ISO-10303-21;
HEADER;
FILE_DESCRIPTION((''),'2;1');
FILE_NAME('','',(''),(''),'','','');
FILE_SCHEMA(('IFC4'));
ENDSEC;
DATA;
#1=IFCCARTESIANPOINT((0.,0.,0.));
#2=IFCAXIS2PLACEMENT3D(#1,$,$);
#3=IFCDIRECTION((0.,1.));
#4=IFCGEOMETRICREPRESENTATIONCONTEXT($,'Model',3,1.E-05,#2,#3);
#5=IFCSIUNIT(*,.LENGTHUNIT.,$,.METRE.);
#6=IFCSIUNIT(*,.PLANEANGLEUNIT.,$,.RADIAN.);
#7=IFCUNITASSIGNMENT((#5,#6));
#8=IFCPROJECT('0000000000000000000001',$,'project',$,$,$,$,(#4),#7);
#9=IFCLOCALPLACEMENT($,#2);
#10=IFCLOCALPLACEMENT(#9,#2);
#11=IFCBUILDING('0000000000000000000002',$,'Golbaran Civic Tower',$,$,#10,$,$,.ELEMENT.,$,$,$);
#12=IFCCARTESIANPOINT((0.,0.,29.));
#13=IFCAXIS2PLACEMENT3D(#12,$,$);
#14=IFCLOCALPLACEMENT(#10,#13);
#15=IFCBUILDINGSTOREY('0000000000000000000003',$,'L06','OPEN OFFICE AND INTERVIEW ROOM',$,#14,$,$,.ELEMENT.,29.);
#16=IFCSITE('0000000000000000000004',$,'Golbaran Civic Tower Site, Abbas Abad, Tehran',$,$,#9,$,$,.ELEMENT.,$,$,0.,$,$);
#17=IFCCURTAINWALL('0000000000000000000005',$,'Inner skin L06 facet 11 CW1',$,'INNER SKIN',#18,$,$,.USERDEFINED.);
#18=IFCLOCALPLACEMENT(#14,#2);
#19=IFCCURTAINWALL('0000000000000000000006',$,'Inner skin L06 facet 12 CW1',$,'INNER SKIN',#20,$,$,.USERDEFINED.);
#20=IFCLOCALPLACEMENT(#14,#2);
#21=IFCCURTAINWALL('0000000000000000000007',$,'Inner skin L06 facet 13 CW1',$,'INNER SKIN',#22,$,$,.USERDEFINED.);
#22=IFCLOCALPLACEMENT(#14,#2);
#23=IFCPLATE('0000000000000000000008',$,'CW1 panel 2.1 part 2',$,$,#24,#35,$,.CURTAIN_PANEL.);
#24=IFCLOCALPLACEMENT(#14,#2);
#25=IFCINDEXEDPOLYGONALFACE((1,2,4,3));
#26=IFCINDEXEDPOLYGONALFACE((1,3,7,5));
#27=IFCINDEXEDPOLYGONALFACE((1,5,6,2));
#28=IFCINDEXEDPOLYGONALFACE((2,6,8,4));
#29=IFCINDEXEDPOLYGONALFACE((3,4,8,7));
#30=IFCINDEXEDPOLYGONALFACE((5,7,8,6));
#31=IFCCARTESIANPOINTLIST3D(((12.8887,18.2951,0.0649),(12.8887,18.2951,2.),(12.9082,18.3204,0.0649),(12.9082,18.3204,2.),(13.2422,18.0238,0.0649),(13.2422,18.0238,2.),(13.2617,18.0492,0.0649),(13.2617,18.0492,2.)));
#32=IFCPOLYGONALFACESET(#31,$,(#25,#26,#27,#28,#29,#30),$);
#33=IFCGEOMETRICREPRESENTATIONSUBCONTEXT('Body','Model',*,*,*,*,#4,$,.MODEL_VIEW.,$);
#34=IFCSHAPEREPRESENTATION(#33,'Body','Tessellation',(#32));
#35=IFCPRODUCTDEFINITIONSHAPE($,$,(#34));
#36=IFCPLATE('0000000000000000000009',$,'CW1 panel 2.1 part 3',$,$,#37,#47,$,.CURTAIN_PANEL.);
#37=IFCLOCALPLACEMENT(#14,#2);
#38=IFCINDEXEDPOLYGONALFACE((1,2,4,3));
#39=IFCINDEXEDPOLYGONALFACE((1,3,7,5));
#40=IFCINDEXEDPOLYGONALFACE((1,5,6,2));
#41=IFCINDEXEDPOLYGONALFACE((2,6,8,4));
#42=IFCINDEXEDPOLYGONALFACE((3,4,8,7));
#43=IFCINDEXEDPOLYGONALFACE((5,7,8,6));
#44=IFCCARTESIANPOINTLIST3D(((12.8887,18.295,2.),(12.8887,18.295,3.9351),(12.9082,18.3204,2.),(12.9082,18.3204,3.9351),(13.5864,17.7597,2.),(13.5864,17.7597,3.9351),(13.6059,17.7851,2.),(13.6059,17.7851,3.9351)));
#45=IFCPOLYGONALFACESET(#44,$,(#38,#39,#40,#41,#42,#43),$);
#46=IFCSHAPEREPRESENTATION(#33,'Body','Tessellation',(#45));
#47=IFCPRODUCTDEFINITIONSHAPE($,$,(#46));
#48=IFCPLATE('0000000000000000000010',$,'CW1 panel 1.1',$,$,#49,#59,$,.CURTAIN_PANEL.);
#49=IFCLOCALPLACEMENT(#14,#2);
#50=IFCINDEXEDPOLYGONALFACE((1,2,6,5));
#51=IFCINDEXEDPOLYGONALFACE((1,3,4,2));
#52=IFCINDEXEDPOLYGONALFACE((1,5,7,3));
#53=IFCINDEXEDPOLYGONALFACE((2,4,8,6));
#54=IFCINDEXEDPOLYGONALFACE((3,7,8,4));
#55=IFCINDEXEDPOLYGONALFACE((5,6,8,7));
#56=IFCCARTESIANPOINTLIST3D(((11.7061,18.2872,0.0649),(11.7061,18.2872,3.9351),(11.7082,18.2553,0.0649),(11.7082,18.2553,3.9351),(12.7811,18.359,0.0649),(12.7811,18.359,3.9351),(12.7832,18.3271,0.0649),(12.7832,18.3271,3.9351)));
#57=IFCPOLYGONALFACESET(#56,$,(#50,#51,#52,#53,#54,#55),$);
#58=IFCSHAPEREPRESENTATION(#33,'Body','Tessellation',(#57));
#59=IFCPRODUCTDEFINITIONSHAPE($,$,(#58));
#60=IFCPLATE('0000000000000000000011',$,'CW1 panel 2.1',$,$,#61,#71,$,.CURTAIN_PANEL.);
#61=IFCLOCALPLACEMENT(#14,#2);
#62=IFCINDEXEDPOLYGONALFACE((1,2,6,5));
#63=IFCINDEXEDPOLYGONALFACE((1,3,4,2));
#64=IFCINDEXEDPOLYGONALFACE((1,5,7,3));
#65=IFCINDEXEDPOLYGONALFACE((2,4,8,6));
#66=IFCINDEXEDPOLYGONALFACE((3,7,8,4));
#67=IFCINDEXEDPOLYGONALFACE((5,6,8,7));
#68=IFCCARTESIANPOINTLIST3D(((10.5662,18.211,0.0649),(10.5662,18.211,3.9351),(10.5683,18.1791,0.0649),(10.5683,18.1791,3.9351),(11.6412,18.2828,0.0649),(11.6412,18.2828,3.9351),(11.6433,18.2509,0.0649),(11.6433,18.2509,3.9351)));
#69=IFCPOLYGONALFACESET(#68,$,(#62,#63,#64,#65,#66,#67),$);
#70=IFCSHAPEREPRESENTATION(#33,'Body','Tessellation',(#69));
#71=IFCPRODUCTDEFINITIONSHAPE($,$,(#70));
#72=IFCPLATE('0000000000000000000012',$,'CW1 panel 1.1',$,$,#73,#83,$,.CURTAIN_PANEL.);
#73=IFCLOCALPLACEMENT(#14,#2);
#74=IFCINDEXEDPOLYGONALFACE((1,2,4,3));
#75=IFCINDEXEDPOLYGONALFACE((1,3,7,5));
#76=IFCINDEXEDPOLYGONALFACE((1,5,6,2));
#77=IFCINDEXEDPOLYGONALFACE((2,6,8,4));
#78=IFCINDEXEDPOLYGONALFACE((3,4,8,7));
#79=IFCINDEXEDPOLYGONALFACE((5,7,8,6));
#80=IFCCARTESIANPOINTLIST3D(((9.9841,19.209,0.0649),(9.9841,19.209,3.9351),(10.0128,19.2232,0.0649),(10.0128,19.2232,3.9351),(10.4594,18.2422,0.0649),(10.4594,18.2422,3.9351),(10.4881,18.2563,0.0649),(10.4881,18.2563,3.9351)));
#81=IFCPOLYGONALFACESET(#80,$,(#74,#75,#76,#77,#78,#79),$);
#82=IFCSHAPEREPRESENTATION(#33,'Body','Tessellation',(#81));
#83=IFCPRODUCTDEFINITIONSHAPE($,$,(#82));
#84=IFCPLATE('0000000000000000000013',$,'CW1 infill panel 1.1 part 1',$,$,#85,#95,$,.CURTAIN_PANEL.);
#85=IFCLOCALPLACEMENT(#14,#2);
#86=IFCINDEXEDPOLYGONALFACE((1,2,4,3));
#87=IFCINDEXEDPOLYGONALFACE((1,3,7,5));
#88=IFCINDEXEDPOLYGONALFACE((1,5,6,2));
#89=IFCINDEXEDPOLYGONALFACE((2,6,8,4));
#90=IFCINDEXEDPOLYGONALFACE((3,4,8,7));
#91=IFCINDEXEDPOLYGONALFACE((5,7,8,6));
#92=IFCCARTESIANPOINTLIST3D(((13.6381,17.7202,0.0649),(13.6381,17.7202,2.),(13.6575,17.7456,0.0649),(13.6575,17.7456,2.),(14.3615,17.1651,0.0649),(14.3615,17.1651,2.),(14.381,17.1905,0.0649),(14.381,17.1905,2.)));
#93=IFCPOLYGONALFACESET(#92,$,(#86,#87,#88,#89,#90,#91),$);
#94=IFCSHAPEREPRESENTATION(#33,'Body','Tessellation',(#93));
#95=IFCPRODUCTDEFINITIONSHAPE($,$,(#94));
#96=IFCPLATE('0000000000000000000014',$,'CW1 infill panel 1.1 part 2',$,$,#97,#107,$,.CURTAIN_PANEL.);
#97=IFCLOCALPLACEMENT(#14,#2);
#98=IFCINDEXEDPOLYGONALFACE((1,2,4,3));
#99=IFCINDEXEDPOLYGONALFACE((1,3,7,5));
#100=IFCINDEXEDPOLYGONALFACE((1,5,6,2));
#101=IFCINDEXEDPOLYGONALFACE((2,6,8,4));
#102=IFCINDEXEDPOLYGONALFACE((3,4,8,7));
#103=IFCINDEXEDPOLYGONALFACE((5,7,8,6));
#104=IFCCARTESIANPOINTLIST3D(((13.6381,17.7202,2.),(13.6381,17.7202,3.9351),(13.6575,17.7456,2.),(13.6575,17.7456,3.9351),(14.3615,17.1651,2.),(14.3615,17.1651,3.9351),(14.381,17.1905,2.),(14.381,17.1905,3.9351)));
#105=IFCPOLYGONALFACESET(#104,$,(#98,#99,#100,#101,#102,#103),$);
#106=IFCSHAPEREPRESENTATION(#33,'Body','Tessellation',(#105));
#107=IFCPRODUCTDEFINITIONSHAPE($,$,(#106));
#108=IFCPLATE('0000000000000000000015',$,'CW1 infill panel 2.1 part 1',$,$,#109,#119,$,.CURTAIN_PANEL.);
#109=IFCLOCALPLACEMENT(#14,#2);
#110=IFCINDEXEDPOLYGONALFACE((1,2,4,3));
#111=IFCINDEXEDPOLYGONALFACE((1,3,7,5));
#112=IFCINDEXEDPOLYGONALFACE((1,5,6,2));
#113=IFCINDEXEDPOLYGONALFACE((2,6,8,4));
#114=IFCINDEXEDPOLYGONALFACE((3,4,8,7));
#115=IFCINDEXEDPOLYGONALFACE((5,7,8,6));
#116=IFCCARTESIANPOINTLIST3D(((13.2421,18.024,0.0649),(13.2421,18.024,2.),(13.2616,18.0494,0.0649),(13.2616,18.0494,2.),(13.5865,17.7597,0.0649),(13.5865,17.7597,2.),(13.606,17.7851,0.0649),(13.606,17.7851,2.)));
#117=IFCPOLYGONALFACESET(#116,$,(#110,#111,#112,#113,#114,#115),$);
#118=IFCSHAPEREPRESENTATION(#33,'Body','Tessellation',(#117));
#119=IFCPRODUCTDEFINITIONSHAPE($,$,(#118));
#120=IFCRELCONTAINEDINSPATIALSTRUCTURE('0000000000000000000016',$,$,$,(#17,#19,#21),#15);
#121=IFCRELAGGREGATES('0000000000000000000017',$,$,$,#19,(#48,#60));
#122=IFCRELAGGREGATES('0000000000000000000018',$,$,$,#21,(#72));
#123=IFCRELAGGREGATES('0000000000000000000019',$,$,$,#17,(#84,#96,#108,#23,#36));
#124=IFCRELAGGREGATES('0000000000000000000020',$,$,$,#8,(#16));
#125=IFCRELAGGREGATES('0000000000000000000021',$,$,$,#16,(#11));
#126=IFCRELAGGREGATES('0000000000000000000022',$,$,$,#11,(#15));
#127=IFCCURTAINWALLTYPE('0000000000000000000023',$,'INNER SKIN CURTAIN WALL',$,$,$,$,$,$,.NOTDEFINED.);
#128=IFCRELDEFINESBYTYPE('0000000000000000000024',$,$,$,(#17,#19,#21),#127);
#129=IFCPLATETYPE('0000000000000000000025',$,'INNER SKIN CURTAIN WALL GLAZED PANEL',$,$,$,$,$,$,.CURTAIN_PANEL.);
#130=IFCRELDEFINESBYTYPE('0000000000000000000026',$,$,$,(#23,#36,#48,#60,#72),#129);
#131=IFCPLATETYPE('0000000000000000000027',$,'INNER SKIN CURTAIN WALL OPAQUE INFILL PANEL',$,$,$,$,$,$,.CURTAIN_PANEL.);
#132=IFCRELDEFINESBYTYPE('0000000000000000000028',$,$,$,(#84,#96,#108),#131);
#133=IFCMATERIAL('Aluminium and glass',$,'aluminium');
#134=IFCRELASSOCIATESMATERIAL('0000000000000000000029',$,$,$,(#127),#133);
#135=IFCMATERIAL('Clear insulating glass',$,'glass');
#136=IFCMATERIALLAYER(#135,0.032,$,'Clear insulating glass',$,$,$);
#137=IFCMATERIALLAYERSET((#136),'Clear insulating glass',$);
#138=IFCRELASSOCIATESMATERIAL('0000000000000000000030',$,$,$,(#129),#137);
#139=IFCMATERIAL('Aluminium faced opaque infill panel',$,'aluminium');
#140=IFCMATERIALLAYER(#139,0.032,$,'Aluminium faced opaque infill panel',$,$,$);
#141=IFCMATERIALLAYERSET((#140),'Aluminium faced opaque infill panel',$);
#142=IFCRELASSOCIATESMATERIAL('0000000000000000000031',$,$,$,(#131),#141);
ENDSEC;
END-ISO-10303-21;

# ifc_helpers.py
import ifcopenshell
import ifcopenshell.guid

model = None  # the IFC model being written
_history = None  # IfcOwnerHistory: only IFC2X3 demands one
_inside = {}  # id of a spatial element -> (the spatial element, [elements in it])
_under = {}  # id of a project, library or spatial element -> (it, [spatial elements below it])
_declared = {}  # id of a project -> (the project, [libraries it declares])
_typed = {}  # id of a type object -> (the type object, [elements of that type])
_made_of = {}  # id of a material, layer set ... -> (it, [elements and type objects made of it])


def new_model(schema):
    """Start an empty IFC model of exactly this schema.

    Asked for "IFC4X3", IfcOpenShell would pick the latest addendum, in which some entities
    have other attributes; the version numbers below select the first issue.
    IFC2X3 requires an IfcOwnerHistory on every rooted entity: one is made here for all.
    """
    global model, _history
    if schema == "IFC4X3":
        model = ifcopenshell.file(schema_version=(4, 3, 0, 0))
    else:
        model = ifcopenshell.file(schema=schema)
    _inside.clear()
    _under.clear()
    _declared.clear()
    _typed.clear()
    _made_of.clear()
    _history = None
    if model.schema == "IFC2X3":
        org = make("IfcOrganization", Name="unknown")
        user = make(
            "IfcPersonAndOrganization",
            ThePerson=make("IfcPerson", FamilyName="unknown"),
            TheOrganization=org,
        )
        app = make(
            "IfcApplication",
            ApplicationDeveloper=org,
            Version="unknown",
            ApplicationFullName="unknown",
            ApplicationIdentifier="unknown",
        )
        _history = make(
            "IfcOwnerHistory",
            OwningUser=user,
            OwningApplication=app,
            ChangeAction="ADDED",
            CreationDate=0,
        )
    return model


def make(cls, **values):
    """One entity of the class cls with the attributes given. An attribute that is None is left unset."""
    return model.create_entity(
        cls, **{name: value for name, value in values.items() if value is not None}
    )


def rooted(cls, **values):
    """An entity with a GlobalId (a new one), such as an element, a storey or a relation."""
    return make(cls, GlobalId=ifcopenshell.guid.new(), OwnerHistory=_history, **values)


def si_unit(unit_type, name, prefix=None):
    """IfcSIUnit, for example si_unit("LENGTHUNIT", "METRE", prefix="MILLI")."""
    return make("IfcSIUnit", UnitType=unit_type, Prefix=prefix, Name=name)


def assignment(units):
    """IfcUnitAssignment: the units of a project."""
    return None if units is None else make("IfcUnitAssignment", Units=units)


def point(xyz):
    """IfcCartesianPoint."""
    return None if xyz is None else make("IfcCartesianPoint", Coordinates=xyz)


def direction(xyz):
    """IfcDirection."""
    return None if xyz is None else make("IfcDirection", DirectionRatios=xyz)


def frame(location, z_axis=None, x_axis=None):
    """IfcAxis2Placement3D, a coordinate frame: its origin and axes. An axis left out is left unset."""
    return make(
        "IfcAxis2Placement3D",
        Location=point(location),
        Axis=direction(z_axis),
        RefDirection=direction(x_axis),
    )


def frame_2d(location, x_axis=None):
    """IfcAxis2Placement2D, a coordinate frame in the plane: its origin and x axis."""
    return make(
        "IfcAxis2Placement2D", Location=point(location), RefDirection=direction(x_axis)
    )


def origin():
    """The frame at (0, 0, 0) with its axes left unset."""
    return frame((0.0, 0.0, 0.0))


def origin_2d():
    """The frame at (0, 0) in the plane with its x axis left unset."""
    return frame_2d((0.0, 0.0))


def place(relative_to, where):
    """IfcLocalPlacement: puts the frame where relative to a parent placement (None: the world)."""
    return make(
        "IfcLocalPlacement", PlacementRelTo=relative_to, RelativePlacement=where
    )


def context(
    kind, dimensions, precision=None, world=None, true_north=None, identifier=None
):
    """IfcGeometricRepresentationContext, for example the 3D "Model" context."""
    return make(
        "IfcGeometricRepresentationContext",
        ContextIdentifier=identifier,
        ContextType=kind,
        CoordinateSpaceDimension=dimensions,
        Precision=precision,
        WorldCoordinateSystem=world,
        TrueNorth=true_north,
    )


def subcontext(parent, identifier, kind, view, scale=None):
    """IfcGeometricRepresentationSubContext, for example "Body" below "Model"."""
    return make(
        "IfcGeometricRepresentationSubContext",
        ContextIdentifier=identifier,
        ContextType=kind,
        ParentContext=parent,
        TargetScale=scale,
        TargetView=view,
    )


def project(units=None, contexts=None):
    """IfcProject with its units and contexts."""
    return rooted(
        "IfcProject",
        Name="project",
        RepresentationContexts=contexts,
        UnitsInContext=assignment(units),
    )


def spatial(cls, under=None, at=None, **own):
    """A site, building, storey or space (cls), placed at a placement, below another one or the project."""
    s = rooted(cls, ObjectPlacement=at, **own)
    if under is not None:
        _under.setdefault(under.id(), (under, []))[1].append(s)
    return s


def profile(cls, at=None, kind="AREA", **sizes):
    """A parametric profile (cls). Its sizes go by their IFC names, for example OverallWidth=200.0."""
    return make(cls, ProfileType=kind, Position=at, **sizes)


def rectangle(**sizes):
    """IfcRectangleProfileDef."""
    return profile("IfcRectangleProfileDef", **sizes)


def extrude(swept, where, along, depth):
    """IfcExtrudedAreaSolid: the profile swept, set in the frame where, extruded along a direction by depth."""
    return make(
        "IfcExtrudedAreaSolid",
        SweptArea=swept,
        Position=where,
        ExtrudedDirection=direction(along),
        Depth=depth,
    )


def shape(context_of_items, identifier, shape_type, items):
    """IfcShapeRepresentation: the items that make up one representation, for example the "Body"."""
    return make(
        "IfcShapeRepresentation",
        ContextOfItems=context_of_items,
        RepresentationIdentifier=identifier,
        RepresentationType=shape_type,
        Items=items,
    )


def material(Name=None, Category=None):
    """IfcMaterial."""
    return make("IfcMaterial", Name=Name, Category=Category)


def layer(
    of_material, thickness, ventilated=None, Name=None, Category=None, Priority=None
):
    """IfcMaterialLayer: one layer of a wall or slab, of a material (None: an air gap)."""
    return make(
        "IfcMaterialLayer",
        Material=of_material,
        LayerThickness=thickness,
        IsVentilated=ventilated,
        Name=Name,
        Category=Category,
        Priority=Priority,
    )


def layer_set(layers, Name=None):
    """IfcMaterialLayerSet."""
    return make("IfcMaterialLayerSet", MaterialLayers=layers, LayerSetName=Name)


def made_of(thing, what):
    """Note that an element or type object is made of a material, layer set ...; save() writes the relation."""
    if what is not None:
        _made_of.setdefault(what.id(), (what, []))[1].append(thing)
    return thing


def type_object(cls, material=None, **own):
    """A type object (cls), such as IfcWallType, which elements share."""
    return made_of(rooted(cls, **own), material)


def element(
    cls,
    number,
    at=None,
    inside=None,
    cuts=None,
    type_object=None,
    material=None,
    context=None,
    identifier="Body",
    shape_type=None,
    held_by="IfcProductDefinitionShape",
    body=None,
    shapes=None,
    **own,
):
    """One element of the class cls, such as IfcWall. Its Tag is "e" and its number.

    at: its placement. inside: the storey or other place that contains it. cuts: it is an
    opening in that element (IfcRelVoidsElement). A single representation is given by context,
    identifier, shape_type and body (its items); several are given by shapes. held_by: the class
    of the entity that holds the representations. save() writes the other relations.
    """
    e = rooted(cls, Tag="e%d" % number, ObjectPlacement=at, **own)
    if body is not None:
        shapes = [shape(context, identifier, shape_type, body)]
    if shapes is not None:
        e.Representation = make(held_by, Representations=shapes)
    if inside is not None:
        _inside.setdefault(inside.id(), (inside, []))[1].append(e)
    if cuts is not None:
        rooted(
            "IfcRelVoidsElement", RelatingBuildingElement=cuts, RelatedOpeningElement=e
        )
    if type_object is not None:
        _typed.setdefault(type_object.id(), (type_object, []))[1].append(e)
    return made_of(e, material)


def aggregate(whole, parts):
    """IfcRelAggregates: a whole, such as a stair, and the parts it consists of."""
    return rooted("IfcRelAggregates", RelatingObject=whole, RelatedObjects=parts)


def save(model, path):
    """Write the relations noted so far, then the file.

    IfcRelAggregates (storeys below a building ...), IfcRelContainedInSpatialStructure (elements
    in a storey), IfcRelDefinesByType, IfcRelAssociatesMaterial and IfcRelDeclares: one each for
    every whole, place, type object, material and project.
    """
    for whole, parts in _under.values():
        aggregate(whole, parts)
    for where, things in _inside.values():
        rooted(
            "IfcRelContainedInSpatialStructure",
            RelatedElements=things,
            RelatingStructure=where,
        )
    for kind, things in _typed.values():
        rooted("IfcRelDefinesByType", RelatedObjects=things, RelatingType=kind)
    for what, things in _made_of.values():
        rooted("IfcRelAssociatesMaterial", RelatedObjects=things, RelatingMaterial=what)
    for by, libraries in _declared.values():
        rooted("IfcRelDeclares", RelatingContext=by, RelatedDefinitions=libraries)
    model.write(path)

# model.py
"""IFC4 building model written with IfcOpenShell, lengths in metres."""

from ifc_helpers import new_model, si_unit, direction, frame, origin, origin_2d, place, context, subcontext, project, spatial, rectangle, extrude, material, layer, layer_set, type_object, element, aggregate, save


model = new_model("IFC4")

# Units and contexts
model_context = context("Model", 3, precision=1e-05, world=origin(), true_north=direction((0.0, 1.0)))
body_context = subcontext(model_context, "Body", "Model", "MODEL_VIEW")
ifc_project = project(units=[si_unit("LENGTHUNIT", "METRE"), si_unit("PLANEANGLEUNIT", "RADIAN")], contexts=[model_context])

# Site, building, storey
site_placement = place(None, origin())
site = spatial("IfcSite", under=ifc_project, at=site_placement, Name="Golbaran Civic Tower Site, Abbas Abad, Tehran", CompositionType="ELEMENT", RefElevation=0.0)
building_placement = place(site_placement, origin())
building = spatial("IfcBuilding", under=site, at=building_placement, Name="Golbaran Civic Tower", CompositionType="ELEMENT")
storey_placement = place(building_placement, frame((0.0, 0.0, 29.0)))
storey = spatial("IfcBuildingStorey", under=building, at=storey_placement, Name="L06", Description="OPEN OFFICE AND INTERVIEW ROOM", CompositionType="ELEMENT", Elevation=29.0)

# Curtain walls
ifc_material_1 = material(Name="Aluminium and glass", Category="aluminium")
curtain_wall_type = type_object("IfcCurtainWallType", Name="INNER SKIN CURTAIN WALL", PredefinedType="NOTDEFINED", material=ifc_material_1)
curtain_wall_1_placement = place(storey_placement, origin())
curtain_wall_1 = element("IfcCurtainWall", 1, at=curtain_wall_1_placement, inside=storey, type_object=curtain_wall_type, Name="Inner skin L06 facet 11 CW1", ObjectType="INNER SKIN", PredefinedType="USERDEFINED")
curtain_wall_2_placement = place(storey_placement, origin())
curtain_wall_2 = element("IfcCurtainWall", 2, at=curtain_wall_2_placement, inside=storey, type_object=curtain_wall_type, Name="Inner skin L06 facet 12 CW1", ObjectType="INNER SKIN", PredefinedType="USERDEFINED")
curtain_wall_3_placement = place(storey_placement, origin())
curtain_wall_3 = element("IfcCurtainWall", 3, at=curtain_wall_3_placement, inside=storey, type_object=curtain_wall_type, Name="Inner skin L06 facet 13 CW1", ObjectType="INNER SKIN", PredefinedType="USERDEFINED")

# Plates
ifc_material_2 = material(Name="Clear insulating glass", Category="glass")
ifc_layer_1 = layer(ifc_material_2, 0.032, Name="Clear insulating glass")
ifc_layer_set_1 = layer_set([ifc_layer_1], Name="Clear insulating glass")
plate_type_1 = type_object("IfcPlateType", Name="INNER SKIN CURTAIN WALL GLAZED PANEL", PredefinedType="CURTAIN_PANEL", material=ifc_layer_set_1)
plate_1_placement = place(storey_placement, frame((13.0752, 18.1721, 0.0649), z_axis=(0.0, 0.0, 1.0), x_axis=(-0.793353, 0.608761, 0.0)))
plate_1 = element("IfcPlate", 4, at=plate_1_placement, type_object=plate_type_1, Name="CW1 panel 2.1 part 2", PredefinedType="CURTAIN_PANEL", context=body_context, shape_type="SweptSolid", body=[
    extrude(rectangle(XDim=0.4456, YDim=0.032, at=origin_2d()), origin(), (0.0, 0.0, 1.0), 1.9351),
])
plate_2_placement = place(storey_placement, frame((13.2473, 18.04, 2.0), z_axis=(0.0, 0.0, 1.0), x_axis=(-0.793353, 0.608761, 0.0)))
plate_2 = element("IfcPlate", 5, at=plate_2_placement, type_object=plate_type_1, Name="CW1 panel 2.1 part 3", PredefinedType="CURTAIN_PANEL", context=body_context, shape_type="SweptSolid", body=[
    extrude(rectangle(XDim=0.8794, YDim=0.032, at=origin_2d()), origin(), (0.0, 0.0, 1.0), 1.9351),
])
plate_3_placement = place(storey_placement, frame((12.2446, 18.3071, 0.0649), z_axis=(0.0, 0.0, 1.0), x_axis=(-0.997779, -0.066606, 0.0)))
plate_3 = element("IfcPlate", 6, at=plate_3_placement, type_object=plate_type_1, Name="CW1 panel 1.1", PredefinedType="CURTAIN_PANEL", context=body_context, shape_type="SweptSolid", body=[
    extrude(rectangle(XDim=1.0774, YDim=0.032, at=origin_2d()), origin(), (0.0, 0.0, 1.0), 3.8701),
])
plate_4_placement = place(storey_placement, frame((11.1047, 18.231, 0.0649), z_axis=(0.0, 0.0, 1.0), x_axis=(-0.997779, -0.066606, 0.0)))
plate_4 = element("IfcPlate", 7, at=plate_4_placement, type_object=plate_type_1, Name="CW1 panel 2.1", PredefinedType="CURTAIN_PANEL", context=body_context, shape_type="SweptSolid", body=[
    extrude(rectangle(XDim=1.0774, YDim=0.032, at=origin_2d()), origin(), (0.0, 0.0, 1.0), 3.8701),
])
aggregate(curtain_wall_2, [plate_3, plate_4])
plate_5_placement = place(storey_placement, frame((10.2361, 18.7327, 0.0649), z_axis=(0.0, 0.0, 1.0), x_axis=(-0.441207, 0.897405, 0.0)))
plate_5 = element("IfcPlate", 8, at=plate_5_placement, type_object=plate_type_1, Name="CW1 panel 1.1", PredefinedType="CURTAIN_PANEL", context=body_context, shape_type="SweptSolid", body=[
    extrude(rectangle(XDim=1.0774, YDim=0.032, at=origin_2d()), origin(), (0.0, 0.0, 1.0), 3.8701),
])
aggregate(curtain_wall_3, [plate_5])
ifc_material_3 = material(Name="Aluminium faced opaque infill panel", Category="aluminium")
ifc_layer_2 = layer(ifc_material_3, 0.032, Name="Aluminium faced opaque infill panel")
ifc_layer_set_2 = layer_set([ifc_layer_2], Name="Aluminium faced opaque infill panel")
plate_type_2 = type_object("IfcPlateType", Name="INNER SKIN CURTAIN WALL OPAQUE INFILL PANEL", PredefinedType="CURTAIN_PANEL", material=ifc_layer_set_2)
plate_6_placement = place(storey_placement, frame((14.0095, 17.4553, 0.0649), z_axis=(0.0, 0.0, 1.0), x_axis=(-0.793353, 0.608761, 0.0)))
plate_6 = element("IfcPlate", 9, at=plate_6_placement, type_object=plate_type_2, Name="CW1 infill panel 1.1 part 1", PredefinedType="CURTAIN_PANEL", context=body_context, shape_type="SweptSolid", body=[
    extrude(rectangle(XDim=0.9119, YDim=0.032, at=origin_2d()), origin(), (0.0, 0.0, 1.0), 1.9351),
])
plate_7_placement = place(storey_placement, frame((14.0095, 17.4553, 2.0), z_axis=(0.0, 0.0, 1.0), x_axis=(-0.793353, 0.608761, 0.0)))
plate_7 = element("IfcPlate", 10, at=plate_7_placement, type_object=plate_type_2, Name="CW1 infill panel 1.1 part 2", PredefinedType="CURTAIN_PANEL", context=body_context, shape_type="SweptSolid", body=[
    extrude(rectangle(XDim=0.9119, YDim=0.032, at=origin_2d()), origin(), (0.0, 0.0, 1.0), 1.9351),
])
plate_8_placement = place(storey_placement, frame((13.4241, 17.9045, 0.0649), z_axis=(0.0, 0.0, 1.0), x_axis=(-0.793353, 0.608761, 0.0)))
plate_8 = element("IfcPlate", 11, at=plate_8_placement, type_object=plate_type_2, Name="CW1 infill panel 2.1 part 1", PredefinedType="CURTAIN_PANEL", context=body_context, shape_type="SweptSolid", body=[
    extrude(rectangle(XDim=0.4341, YDim=0.032, at=origin_2d()), origin(), (0.0, 0.0, 1.0), 1.9351),
])
aggregate(curtain_wall_1, [plate_6, plate_7, plate_8, plate_1, plate_2])

save(model, "model.ifc")
